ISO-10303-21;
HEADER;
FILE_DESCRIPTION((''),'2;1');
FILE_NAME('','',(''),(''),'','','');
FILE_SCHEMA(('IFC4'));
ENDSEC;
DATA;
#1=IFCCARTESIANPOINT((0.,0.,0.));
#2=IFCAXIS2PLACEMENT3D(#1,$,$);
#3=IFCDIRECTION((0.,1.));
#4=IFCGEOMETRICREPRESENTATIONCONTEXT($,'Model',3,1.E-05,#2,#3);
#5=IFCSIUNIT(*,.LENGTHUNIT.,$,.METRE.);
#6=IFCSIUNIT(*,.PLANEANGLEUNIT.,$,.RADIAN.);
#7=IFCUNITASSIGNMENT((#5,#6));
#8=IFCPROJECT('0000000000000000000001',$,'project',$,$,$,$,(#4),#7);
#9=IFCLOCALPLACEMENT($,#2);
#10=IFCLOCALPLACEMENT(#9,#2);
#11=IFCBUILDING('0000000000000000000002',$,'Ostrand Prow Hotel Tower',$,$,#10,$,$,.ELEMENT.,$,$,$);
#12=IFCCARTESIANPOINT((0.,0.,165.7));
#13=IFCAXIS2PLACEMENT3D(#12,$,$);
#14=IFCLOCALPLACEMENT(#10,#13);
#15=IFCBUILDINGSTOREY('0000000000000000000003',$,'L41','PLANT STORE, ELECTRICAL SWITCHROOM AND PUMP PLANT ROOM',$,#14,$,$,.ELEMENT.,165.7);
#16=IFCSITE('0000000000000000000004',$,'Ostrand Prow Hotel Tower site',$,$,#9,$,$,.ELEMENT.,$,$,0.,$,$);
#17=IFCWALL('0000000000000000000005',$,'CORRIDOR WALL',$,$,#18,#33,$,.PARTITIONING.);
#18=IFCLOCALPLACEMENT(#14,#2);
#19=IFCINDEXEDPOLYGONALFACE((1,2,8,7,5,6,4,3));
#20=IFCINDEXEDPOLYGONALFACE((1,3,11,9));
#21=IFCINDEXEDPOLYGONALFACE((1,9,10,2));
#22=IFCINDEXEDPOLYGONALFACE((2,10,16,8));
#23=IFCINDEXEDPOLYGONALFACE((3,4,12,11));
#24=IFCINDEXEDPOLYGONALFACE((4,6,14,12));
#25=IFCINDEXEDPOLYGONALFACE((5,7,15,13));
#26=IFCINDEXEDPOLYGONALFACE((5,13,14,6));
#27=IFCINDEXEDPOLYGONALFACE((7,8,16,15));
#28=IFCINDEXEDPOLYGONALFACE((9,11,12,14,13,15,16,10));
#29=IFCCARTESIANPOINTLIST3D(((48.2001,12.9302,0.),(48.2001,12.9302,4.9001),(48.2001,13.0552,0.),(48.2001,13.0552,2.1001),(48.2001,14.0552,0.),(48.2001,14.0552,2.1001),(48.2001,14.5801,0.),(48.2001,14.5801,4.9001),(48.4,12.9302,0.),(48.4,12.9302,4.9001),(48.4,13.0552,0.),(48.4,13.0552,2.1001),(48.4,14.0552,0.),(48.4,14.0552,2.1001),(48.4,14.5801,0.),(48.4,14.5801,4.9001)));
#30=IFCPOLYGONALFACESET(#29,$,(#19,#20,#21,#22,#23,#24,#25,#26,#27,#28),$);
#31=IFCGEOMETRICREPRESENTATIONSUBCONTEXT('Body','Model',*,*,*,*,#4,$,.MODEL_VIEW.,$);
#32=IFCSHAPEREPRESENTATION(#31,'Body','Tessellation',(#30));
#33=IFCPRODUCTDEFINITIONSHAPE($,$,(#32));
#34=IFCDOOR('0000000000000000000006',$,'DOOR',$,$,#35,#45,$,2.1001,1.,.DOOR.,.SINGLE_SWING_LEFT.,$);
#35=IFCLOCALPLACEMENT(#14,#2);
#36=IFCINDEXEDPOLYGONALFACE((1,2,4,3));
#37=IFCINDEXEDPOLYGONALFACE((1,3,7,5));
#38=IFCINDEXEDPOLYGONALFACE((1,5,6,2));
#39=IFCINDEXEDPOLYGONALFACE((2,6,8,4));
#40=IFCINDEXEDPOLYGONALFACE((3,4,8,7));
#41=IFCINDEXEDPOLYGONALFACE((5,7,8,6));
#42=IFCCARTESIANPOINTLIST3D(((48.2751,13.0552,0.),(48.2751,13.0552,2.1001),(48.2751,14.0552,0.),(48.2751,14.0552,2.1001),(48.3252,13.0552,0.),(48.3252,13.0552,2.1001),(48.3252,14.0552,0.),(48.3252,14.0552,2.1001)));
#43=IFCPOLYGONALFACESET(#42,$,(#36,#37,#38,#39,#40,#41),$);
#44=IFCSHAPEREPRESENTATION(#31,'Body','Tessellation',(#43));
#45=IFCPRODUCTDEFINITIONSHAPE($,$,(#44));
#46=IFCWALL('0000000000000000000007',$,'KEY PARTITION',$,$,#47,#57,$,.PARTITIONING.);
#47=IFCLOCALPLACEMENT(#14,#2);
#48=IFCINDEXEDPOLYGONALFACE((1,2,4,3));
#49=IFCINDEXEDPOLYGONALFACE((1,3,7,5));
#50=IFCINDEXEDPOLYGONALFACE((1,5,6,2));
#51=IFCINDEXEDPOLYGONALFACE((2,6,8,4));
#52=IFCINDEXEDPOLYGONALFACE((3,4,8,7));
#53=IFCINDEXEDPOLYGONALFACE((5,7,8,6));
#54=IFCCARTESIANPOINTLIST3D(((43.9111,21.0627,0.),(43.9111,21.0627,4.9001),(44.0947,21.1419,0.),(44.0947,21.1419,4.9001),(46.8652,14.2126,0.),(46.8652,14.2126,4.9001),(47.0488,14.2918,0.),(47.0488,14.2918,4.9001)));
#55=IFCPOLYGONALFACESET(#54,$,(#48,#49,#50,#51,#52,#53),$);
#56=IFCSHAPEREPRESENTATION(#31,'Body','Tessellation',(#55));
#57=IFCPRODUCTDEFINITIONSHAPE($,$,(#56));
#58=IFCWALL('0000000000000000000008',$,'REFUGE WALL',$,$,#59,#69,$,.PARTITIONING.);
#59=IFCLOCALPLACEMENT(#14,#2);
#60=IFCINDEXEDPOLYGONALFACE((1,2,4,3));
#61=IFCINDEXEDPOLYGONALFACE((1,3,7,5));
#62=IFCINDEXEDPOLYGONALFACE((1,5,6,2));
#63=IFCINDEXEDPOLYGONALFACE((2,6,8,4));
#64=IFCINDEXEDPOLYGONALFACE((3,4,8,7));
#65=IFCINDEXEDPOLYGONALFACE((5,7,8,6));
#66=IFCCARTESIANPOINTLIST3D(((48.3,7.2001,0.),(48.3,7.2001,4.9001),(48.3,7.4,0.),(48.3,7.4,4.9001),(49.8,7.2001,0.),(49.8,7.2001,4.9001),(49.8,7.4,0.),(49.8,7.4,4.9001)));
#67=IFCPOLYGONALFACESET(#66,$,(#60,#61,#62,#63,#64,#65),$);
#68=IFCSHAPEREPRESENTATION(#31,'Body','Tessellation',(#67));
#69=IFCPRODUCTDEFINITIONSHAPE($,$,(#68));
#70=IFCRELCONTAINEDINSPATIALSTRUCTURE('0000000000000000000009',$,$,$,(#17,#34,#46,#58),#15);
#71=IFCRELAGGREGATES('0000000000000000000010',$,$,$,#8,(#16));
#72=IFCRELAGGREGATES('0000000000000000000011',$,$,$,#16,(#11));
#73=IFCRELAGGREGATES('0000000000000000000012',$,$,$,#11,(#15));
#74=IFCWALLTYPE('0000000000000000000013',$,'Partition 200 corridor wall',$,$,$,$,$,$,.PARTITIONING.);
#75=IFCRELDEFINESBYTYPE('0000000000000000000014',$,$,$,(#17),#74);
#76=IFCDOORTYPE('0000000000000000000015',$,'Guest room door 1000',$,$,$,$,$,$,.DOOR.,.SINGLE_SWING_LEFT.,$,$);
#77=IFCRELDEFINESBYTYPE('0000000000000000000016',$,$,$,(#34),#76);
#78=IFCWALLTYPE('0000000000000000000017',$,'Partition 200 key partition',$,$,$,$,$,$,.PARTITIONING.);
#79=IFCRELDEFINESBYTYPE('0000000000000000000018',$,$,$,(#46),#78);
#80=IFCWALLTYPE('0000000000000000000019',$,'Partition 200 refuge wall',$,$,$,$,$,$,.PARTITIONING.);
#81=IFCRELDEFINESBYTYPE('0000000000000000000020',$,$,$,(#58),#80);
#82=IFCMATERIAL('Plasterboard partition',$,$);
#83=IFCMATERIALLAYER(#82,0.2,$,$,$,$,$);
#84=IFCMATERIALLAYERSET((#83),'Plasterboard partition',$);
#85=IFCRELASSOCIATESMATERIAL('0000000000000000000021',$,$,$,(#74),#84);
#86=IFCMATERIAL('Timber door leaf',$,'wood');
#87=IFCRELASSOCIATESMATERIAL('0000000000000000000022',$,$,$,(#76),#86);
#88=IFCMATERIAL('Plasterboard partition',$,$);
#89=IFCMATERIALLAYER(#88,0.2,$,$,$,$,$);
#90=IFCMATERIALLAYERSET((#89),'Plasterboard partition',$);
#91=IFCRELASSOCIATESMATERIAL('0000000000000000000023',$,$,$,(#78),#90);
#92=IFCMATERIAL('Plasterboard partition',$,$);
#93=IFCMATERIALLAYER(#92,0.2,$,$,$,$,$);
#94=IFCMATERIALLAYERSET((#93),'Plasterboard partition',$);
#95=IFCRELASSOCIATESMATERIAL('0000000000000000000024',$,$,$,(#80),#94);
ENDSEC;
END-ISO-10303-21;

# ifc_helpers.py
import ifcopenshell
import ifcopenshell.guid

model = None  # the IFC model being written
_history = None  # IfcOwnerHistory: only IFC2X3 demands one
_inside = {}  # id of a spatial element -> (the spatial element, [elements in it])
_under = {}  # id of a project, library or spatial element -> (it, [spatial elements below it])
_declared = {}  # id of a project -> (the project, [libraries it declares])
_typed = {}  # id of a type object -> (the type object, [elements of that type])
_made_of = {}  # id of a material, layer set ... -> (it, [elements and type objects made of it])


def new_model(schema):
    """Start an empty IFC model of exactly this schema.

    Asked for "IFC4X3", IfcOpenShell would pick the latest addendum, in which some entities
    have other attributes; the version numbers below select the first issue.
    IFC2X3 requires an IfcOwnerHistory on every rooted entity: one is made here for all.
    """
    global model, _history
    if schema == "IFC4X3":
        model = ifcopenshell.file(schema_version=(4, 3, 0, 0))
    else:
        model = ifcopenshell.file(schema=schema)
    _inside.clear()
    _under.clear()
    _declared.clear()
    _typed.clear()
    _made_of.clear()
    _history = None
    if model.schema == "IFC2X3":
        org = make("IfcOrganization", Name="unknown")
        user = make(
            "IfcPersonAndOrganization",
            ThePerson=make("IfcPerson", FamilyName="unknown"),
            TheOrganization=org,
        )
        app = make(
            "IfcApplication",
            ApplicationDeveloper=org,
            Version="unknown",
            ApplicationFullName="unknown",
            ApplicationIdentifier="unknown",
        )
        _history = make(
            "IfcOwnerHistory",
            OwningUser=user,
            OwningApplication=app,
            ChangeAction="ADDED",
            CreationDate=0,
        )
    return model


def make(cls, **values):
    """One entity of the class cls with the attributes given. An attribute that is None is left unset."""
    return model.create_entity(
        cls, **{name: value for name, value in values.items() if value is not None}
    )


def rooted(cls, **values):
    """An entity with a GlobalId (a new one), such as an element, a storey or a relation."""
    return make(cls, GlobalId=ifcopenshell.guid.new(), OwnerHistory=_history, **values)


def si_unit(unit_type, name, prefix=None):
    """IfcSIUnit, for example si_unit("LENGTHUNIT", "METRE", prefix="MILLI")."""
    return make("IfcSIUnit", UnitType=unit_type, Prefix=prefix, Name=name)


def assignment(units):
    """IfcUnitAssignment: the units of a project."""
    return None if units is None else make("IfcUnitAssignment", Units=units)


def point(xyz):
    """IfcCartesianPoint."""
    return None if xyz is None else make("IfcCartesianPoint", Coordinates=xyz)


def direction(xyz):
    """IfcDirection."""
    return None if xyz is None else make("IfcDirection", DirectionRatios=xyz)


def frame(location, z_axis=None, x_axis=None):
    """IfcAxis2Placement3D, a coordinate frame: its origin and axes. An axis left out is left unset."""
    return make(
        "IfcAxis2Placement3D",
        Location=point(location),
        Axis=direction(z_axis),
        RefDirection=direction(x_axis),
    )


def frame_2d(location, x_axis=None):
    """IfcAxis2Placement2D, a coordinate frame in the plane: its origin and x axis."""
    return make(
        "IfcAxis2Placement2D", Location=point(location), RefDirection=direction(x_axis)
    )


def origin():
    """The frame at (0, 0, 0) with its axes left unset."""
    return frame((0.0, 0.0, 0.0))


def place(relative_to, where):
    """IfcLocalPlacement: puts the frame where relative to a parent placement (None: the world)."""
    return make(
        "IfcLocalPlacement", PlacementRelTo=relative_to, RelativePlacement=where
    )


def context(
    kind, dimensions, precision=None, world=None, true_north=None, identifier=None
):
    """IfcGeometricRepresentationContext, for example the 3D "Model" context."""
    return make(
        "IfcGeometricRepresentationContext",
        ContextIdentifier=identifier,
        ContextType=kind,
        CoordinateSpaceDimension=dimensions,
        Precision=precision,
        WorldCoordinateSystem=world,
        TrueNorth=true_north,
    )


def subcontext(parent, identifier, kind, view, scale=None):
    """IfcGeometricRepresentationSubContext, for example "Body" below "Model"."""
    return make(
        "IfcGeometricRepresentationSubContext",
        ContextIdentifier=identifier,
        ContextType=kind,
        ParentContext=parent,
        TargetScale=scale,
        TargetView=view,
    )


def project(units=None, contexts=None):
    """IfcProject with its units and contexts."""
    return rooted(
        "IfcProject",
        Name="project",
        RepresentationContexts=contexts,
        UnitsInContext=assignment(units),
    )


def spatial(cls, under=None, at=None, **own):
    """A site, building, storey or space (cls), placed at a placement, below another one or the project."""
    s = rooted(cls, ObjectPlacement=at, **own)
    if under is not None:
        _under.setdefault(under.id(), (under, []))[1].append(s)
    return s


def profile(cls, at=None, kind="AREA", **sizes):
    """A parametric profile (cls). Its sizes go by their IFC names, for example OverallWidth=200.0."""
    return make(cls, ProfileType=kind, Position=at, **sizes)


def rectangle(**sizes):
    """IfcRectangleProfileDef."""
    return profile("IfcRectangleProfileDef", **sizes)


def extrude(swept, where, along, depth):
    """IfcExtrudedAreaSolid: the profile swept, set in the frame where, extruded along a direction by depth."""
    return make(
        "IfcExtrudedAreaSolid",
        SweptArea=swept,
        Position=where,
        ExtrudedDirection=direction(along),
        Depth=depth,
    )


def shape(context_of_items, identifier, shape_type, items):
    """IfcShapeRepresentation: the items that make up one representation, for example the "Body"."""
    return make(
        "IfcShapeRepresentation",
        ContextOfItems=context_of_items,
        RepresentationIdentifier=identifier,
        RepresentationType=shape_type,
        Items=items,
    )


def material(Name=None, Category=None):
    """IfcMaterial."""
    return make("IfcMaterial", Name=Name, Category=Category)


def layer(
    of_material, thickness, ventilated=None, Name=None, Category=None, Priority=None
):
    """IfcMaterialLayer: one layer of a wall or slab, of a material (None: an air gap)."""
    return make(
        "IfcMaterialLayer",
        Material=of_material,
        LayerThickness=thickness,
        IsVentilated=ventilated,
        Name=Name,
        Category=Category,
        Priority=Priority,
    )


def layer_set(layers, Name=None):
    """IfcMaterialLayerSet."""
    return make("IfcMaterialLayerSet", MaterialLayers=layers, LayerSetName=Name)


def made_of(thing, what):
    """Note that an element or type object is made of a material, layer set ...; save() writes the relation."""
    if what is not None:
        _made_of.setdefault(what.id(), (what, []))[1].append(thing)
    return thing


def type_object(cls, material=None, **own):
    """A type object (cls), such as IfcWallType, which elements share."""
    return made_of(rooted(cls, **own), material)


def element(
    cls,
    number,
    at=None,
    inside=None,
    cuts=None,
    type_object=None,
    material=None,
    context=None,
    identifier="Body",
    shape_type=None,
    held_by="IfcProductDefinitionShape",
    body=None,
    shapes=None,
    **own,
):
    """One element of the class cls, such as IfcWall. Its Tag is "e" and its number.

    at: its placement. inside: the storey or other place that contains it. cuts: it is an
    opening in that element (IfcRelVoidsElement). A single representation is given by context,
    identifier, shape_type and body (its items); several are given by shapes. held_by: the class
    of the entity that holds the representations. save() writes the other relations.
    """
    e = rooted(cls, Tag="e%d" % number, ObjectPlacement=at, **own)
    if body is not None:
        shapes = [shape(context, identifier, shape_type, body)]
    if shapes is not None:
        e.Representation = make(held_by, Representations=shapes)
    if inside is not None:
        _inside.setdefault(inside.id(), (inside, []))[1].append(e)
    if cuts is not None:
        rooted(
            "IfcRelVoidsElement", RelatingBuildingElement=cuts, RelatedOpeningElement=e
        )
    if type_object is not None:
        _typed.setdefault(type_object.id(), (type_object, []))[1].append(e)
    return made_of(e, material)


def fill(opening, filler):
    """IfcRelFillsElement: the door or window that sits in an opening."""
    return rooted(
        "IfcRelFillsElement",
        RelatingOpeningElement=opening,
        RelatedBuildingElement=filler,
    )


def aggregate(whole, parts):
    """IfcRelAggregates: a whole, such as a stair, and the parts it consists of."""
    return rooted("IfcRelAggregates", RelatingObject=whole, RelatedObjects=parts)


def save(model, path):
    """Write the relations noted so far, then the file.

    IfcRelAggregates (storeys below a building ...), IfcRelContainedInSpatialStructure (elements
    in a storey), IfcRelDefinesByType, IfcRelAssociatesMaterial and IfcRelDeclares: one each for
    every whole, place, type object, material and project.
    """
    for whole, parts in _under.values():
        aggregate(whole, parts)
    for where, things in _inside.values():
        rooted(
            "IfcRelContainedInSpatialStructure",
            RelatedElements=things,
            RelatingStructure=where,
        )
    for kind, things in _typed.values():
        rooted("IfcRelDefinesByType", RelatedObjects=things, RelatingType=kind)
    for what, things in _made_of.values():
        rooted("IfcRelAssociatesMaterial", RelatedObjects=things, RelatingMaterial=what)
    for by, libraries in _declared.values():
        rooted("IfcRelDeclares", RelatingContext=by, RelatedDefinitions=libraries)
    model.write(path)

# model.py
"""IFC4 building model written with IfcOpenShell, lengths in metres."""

from ifc_helpers import new_model, si_unit, direction, frame, frame_2d, origin, place, context, subcontext, project, spatial, rectangle, extrude, material, layer, layer_set, type_object, element, fill, save


model = new_model("IFC4")

# Units and contexts
model_context = context("Model", 3, precision=1e-05, world=origin(), true_north=direction((0.0, 1.0)))
body_context = subcontext(model_context, "Body", "Model", "MODEL_VIEW")
ifc_project = project(units=[si_unit("LENGTHUNIT", "METRE"), si_unit("PLANEANGLEUNIT", "RADIAN")], contexts=[model_context])

# Site, building, storey
site_placement = place(None, origin())
site = spatial("IfcSite", under=ifc_project, at=site_placement, Name="Ostrand Prow Hotel Tower site", CompositionType="ELEMENT", RefElevation=0.0)
building_placement = place(site_placement, origin())
building = spatial("IfcBuilding", under=site, at=building_placement, Name="Ostrand Prow Hotel Tower", CompositionType="ELEMENT")
storey_placement = place(building_placement, frame((0.0, 0.0, 165.7)))
storey = spatial("IfcBuildingStorey", under=building, at=storey_placement, Name="L41", Description="PLANT STORE, ELECTRICAL SWITCHROOM AND PUMP PLANT ROOM", CompositionType="ELEMENT", Elevation=165.7)

# Shared definitions
ifc_material_1 = material(Name="Plasterboard partition")
ifc_layer_1 = layer(ifc_material_1, 0.2)
ifc_layer_set_1 = layer_set([ifc_layer_1], Name="Plasterboard partition")
wall_type_1 = type_object("IfcWallType", Name="Partition 200 corridor wall", PredefinedType="PARTITIONING", material=ifc_layer_set_1)
ifc_material_2 = material(Name="Timber door leaf", Category="wood")
door_type_1 = type_object("IfcDoorType", Name="Guest room door 1000", OperationType="SINGLE_SWING_LEFT", PredefinedType="DOOR", material=ifc_material_2)

# Wall, opening, door
wall_1_placement = place(storey_placement, frame((48.3, 12.9302, 0.0), z_axis=(0.0, 0.0, 1.0), x_axis=(0.0, 1.0, 0.0)))
wall_1 = element("IfcWall", 1, at=wall_1_placement, inside=storey, type_object=wall_type_1, Name="CORRIDOR WALL", PredefinedType="PARTITIONING", context=body_context, shape_type="SweptSolid", body=[
    extrude(rectangle(XDim=1.6499, YDim=0.2, at=frame_2d((0.825, 0.0))), origin(), (0.0, 0.0, 1.0), 4.9001),
])
opening_1_placement = place(wall_1_placement, frame((0.125, 0.0, 0.0)))
opening_1 = element("IfcOpeningElement", 2, at=opening_1_placement, cuts=wall_1, PredefinedType="OPENING", context=body_context, shape_type="SweptSolid", body=[
    extrude(rectangle(XDim=1.0, YDim=2.1001, at=frame_2d((0.5, 1.05))), frame((0.0, 0.1099, 0.0), z_axis=(0.0, -1.0, 0.0), x_axis=(1.0, 0.0, 0.0)), (0.0, 0.0, 1.0), 0.22),
])
door_1_placement = place(opening_1_placement, origin())
door_1 = element("IfcDoor", 3, at=door_1_placement, inside=storey, type_object=door_type_1, Name="DOOR", OperationType="SINGLE_SWING_LEFT", OverallHeight=2.1001, OverallWidth=1.0, PredefinedType="DOOR", context=body_context, shape_type="SweptSolid", body=[
    extrude(rectangle(XDim=1.0, YDim=2.1001, at=frame_2d((0.5, 1.05))), frame((0.0, 0.0249, 0.0), z_axis=(0.0, -1.0, 0.0), x_axis=(1.0, 0.0, 0.0)), (0.0, 0.0, 1.0), 0.05),
])
fill(opening_1, door_1)

# Walls
ifc_material_3 = material(Name="Plasterboard partition")
ifc_layer_2 = layer(ifc_material_3, 0.2)
ifc_layer_set_2 = layer_set([ifc_layer_2], Name="Plasterboard partition")
wall_type_2 = type_object("IfcWallType", Name="Partition 200 key partition", PredefinedType="PARTITIONING", material=ifc_layer_set_2)
wall_2_placement = place(storey_placement, frame((46.957, 14.2522, 0.0), z_axis=(0.0, 0.0, 1.0), x_axis=(-0.395996, 0.918252, 0.0)))
element("IfcWall", 4, at=wall_2_placement, inside=storey, type_object=wall_type_2, Name="KEY PARTITION", PredefinedType="PARTITIONING", context=body_context, shape_type="SweptSolid", body=[
    extrude(rectangle(XDim=7.46, YDim=0.2, at=frame_2d((3.73, 0.0))), origin(), (0.0, 0.0, 1.0), 4.9001),
])
ifc_material_4 = material(Name="Plasterboard partition")
ifc_layer_3 = layer(ifc_material_4, 0.2)
ifc_layer_set_3 = layer_set([ifc_layer_3], Name="Plasterboard partition")
wall_type_3 = type_object("IfcWallType", Name="Partition 200 refuge wall", PredefinedType="PARTITIONING", material=ifc_layer_set_3)
wall_3_placement = place(storey_placement, frame((48.3, 7.3, 0.0), z_axis=(0.0, 0.0, 1.0), x_axis=(1.0, 0.0, 0.0)))
element("IfcWall", 5, at=wall_3_placement, inside=storey, type_object=wall_type_3, Name="REFUGE WALL", PredefinedType="PARTITIONING", context=body_context, shape_type="SweptSolid", body=[
    extrude(rectangle(XDim=1.5, YDim=0.2, at=frame_2d((0.75, 0.0))), origin(), (0.0, 0.0, 1.0), 4.9001),
])

save(model, "model.ifc")
